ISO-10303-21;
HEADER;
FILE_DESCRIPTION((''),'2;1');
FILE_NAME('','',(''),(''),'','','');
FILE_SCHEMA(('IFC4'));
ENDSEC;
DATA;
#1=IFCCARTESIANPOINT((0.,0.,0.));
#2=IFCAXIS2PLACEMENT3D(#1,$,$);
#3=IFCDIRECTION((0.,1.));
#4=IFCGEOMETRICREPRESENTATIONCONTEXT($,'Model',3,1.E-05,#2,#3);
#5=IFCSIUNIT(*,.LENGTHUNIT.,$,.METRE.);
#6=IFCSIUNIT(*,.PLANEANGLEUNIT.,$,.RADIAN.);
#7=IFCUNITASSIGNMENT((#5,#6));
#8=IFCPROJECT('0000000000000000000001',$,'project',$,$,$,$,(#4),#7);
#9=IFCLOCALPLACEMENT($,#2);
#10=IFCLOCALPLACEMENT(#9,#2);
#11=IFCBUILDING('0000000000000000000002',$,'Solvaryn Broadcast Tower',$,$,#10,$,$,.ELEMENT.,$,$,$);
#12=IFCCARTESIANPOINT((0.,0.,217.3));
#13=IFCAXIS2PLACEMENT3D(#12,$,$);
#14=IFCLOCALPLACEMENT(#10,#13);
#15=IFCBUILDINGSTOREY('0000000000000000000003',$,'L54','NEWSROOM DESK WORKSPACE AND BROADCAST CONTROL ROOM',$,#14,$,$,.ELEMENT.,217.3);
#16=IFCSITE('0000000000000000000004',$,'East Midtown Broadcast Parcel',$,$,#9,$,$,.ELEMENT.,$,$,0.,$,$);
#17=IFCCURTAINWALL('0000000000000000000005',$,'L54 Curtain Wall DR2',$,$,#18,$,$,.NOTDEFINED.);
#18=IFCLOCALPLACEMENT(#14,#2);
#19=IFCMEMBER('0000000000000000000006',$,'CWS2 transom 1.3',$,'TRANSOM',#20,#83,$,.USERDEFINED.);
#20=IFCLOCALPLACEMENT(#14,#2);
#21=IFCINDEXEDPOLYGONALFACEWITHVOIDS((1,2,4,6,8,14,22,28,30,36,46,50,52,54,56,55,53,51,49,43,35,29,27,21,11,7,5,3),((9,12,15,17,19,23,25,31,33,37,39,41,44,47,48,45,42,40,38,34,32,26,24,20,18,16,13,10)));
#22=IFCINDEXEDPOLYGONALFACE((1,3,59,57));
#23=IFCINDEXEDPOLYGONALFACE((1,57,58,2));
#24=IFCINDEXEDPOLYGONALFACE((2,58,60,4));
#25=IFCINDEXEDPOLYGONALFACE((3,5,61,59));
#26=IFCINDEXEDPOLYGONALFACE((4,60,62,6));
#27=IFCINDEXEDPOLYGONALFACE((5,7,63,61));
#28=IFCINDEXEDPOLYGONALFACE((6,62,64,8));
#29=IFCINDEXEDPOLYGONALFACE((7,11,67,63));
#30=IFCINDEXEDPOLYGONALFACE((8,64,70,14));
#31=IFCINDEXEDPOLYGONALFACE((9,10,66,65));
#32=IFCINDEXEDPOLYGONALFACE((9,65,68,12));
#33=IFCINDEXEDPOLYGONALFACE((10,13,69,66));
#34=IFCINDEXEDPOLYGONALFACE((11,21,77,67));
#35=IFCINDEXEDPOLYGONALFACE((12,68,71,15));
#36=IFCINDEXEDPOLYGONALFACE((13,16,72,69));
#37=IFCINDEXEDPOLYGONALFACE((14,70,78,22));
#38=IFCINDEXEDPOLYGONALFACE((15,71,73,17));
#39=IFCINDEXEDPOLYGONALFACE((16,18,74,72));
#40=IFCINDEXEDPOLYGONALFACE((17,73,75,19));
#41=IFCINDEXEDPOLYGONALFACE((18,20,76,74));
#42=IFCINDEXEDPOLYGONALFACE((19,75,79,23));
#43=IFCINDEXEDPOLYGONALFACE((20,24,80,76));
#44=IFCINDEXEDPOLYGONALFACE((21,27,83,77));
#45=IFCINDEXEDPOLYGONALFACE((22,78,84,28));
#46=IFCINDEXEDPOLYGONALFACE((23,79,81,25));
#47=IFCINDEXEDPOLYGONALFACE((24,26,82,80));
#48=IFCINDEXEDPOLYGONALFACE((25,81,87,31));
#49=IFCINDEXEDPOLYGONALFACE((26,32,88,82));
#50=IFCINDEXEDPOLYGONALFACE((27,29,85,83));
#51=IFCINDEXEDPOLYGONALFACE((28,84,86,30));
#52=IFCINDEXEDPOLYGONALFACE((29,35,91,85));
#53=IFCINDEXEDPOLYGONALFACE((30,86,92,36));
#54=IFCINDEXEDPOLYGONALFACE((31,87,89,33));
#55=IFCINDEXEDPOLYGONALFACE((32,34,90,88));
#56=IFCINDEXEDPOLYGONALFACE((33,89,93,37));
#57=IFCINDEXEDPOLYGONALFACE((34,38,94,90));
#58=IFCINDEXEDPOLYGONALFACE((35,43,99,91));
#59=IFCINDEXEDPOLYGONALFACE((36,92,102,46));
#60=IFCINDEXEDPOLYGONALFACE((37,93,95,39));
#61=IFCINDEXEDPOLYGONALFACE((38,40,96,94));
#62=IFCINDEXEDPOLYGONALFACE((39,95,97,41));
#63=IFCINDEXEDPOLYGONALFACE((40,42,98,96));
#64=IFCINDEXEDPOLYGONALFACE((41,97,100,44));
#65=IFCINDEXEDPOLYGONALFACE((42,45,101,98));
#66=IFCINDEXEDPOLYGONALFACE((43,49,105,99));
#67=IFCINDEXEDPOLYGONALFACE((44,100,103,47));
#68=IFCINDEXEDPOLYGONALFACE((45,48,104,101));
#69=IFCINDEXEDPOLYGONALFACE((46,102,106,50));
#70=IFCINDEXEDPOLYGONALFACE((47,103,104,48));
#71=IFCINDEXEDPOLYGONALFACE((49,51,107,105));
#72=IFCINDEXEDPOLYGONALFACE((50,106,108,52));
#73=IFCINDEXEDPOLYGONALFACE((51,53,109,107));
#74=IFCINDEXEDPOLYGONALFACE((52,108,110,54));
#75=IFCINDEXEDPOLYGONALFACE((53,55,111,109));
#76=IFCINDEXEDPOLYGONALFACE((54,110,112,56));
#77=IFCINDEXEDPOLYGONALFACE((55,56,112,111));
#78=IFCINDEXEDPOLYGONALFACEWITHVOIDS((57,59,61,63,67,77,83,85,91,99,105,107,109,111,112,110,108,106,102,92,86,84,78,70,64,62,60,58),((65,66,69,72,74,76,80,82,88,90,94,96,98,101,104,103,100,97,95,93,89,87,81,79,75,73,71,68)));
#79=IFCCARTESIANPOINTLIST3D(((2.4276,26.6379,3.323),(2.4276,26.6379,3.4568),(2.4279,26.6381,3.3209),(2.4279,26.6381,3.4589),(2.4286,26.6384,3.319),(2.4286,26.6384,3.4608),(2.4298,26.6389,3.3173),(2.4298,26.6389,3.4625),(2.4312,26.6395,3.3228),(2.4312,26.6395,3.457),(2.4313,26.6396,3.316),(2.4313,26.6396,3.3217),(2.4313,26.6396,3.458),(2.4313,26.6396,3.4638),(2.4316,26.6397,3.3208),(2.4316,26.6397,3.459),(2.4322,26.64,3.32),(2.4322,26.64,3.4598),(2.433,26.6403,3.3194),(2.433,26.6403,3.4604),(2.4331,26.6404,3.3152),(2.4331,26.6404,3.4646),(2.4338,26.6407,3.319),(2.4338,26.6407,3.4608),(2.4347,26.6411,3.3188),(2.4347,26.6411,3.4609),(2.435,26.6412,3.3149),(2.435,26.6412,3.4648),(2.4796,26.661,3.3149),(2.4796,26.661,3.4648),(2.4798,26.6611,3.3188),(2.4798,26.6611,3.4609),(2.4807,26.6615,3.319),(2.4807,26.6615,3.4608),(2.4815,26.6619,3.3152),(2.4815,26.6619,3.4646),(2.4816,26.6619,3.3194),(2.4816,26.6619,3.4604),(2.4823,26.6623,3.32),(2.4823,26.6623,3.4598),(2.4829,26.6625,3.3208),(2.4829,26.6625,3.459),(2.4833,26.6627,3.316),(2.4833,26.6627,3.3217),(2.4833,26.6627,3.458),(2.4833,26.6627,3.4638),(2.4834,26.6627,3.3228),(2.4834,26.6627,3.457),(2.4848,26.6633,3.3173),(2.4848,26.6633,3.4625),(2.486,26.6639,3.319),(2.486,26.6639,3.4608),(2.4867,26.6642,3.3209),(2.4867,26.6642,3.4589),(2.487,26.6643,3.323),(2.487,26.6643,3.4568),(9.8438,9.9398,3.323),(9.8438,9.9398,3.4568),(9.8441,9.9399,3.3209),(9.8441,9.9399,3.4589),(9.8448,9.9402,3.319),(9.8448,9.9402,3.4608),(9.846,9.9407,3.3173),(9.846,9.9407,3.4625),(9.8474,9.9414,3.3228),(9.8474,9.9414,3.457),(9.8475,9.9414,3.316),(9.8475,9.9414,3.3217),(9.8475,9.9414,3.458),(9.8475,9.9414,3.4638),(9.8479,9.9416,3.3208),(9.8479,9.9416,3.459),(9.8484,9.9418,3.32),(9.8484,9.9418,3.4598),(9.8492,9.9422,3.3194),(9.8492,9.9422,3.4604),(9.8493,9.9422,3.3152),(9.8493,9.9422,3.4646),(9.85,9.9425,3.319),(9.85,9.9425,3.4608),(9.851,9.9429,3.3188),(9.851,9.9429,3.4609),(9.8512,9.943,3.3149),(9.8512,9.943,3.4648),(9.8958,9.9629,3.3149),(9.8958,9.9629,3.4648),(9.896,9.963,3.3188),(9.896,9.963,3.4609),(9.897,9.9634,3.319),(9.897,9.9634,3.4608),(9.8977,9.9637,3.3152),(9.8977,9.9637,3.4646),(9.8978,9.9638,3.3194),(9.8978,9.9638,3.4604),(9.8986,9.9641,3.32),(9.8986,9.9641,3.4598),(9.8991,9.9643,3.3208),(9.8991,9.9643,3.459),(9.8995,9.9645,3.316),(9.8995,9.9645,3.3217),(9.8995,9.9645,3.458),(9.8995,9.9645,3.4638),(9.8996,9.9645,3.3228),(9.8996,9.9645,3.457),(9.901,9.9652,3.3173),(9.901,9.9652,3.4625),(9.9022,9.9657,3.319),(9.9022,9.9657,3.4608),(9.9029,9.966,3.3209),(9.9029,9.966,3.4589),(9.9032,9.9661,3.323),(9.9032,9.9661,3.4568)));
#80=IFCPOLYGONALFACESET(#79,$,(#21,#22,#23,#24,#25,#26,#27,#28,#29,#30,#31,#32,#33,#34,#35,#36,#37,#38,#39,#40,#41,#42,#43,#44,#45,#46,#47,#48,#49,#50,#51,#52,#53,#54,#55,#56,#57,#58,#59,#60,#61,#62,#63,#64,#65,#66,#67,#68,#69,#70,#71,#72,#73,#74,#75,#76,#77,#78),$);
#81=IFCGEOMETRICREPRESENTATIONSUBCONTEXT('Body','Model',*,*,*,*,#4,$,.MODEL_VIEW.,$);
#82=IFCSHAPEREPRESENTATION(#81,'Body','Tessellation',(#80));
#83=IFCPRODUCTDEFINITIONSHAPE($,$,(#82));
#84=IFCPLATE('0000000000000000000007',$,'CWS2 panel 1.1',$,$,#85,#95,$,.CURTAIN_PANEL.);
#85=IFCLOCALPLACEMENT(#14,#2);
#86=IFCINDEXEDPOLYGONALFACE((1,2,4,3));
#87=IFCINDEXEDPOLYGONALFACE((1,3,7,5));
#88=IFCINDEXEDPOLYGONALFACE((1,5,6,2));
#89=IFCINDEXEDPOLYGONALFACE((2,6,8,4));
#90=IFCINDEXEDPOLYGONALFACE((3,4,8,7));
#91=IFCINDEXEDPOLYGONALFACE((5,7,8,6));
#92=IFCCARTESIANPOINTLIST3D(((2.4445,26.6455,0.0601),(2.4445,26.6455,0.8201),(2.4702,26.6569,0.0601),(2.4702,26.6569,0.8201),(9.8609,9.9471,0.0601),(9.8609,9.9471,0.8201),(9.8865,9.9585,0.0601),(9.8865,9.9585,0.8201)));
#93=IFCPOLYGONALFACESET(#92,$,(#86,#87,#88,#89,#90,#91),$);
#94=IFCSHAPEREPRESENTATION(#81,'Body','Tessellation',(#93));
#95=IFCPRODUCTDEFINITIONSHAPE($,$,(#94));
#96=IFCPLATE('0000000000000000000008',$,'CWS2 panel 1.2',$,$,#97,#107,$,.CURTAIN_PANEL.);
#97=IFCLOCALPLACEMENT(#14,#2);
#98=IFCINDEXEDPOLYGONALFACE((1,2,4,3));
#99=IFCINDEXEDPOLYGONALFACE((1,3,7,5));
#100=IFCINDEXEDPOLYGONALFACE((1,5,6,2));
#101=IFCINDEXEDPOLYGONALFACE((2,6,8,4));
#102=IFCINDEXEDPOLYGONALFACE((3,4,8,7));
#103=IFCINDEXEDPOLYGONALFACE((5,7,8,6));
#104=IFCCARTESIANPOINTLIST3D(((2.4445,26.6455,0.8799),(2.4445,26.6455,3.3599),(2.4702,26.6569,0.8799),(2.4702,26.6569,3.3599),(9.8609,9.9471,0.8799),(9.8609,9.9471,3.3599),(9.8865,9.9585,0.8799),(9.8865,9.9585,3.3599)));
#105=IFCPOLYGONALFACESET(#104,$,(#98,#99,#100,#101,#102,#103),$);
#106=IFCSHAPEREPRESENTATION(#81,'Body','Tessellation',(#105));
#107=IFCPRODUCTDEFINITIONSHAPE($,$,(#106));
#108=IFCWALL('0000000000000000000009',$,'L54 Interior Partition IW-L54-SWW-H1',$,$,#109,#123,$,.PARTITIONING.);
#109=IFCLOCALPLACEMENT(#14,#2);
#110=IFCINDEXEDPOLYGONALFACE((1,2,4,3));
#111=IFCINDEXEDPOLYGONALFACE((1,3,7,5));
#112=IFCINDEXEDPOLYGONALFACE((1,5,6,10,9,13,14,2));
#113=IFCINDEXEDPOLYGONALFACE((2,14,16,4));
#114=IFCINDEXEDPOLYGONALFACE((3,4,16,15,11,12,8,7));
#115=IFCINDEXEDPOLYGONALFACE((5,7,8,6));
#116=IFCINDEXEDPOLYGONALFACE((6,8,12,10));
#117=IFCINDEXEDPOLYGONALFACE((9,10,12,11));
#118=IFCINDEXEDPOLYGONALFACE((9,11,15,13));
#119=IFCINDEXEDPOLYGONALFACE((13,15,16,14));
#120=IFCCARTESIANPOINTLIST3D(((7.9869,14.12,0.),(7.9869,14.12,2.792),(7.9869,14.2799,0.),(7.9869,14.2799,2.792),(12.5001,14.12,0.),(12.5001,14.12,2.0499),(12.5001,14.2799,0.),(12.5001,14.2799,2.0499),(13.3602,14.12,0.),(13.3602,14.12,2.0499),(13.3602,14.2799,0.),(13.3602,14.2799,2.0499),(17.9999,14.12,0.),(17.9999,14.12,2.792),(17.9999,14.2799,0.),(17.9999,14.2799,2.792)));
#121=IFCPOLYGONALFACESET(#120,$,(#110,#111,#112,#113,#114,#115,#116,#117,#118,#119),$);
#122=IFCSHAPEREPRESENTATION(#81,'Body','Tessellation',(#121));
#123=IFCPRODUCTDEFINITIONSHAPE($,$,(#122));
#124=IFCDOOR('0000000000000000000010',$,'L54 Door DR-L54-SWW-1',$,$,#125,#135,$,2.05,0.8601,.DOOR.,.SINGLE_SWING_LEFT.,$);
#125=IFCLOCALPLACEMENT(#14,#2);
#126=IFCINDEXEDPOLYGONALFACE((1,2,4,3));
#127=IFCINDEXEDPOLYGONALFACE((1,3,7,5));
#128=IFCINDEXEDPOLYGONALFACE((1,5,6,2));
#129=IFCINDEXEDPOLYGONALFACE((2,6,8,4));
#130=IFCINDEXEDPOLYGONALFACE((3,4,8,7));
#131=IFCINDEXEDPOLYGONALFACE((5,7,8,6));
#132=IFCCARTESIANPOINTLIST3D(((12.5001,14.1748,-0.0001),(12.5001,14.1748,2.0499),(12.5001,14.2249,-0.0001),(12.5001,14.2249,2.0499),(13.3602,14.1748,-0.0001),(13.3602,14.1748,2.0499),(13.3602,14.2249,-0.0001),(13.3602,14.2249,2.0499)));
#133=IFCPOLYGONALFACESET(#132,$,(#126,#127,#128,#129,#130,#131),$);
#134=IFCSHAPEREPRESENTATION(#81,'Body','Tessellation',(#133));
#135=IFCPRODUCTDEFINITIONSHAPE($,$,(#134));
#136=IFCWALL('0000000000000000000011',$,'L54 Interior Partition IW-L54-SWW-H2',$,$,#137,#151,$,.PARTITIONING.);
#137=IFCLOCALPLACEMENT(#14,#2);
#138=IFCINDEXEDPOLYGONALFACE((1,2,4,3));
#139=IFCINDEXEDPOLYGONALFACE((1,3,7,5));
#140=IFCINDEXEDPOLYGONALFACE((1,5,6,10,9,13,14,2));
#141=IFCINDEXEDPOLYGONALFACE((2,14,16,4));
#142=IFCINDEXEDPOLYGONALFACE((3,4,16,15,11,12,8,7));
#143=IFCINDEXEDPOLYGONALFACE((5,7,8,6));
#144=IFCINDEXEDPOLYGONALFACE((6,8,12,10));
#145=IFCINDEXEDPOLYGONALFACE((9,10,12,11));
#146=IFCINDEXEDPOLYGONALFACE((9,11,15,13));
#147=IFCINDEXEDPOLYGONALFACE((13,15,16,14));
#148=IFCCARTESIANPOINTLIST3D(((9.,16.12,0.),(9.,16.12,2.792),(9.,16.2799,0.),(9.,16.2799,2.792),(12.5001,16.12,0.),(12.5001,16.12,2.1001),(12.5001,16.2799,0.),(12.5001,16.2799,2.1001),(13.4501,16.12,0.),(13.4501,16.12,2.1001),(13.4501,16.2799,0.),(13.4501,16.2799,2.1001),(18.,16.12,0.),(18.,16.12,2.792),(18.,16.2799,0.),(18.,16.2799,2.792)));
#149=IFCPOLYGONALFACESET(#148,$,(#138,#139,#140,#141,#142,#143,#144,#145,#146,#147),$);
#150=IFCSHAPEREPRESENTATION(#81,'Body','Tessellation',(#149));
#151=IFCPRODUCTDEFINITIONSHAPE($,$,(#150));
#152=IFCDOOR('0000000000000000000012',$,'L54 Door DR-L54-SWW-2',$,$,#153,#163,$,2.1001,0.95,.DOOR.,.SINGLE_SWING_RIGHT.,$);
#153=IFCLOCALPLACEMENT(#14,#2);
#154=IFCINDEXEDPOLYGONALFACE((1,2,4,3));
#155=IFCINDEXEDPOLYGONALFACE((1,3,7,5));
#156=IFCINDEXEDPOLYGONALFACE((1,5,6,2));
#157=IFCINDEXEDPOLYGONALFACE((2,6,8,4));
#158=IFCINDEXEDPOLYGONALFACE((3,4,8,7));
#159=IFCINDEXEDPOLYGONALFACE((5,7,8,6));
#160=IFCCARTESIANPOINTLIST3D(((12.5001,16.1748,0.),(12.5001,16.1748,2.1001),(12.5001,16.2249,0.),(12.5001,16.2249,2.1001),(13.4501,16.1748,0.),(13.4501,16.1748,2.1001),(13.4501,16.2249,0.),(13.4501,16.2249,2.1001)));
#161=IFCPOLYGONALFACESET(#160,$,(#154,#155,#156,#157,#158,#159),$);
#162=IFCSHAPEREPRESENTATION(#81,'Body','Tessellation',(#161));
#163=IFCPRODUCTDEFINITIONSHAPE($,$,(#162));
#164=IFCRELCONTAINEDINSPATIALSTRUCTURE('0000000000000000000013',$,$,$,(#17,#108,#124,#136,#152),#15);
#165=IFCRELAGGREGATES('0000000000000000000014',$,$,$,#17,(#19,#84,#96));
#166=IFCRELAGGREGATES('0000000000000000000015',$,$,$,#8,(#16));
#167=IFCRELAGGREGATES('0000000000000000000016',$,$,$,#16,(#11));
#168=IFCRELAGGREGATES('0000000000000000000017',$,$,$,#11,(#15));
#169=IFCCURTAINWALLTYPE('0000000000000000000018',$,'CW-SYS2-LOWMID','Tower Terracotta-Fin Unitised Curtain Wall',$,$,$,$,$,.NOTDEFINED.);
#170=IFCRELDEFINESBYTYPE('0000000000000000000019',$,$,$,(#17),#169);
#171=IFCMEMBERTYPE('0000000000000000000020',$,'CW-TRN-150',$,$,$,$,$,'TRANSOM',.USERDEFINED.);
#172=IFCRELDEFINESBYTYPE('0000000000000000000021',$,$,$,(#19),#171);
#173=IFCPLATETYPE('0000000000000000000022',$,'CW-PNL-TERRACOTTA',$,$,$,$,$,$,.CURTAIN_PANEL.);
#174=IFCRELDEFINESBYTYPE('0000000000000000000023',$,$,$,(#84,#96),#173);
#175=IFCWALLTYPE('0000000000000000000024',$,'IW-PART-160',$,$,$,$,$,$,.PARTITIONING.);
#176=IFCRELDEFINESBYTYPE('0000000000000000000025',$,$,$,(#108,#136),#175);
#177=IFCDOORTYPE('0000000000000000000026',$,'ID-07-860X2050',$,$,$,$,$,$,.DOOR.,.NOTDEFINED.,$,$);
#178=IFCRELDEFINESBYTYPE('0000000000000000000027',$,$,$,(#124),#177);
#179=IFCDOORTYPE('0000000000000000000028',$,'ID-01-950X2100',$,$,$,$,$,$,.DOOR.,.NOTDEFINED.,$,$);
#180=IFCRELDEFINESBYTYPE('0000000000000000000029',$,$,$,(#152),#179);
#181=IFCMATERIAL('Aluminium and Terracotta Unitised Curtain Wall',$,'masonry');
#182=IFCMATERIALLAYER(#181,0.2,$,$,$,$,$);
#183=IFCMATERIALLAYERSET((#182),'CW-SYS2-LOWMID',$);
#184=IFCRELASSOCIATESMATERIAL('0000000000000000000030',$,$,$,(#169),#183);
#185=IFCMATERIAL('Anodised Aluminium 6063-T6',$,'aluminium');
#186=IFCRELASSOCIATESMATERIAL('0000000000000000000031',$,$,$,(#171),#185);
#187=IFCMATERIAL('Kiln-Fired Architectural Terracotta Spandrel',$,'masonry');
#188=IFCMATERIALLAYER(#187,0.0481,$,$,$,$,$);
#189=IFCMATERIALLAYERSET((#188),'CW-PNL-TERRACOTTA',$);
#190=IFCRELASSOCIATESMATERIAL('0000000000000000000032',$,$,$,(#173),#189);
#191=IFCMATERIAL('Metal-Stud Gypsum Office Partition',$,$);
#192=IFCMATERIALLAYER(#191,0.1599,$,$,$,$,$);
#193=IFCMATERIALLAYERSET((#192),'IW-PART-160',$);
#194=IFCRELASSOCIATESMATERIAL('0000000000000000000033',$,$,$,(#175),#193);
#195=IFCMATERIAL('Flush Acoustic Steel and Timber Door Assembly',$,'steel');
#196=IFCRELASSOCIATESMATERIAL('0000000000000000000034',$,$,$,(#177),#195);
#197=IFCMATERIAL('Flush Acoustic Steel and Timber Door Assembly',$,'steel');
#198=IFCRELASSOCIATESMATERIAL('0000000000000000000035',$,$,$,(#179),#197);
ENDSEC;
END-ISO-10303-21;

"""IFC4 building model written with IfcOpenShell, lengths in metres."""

from ifc_helpers import new_model, si_unit, direction, frame, frame_2d, origin, origin_2d, place, context, subcontext, project, spatial, rectangle, hollow_rectangle, extrude, material, layer, layer_set, material_profile, profile_set, type_object, element, fill, aggregate, save


model = new_model("IFC4")

# Units and contexts
model_context = context("Model", 3, precision=1e-05, world=origin(), true_north=direction((0.0, 1.0)))
body_context = subcontext(model_context, "Body", "Model", "MODEL_VIEW")
ifc_project = project(units=[si_unit("LENGTHUNIT", "METRE"), si_unit("PLANEANGLEUNIT", "RADIAN")], contexts=[model_context])

# Site, building, storey
site_placement = place(None, origin())
site = spatial("IfcSite", under=ifc_project, at=site_placement, Name="East Midtown Broadcast Parcel", CompositionType="ELEMENT", RefElevation=0.0)
building_placement = place(site_placement, origin())
building = spatial("IfcBuilding", under=site, at=building_placement, Name="Solvaryn Broadcast Tower", CompositionType="ELEMENT")
storey_placement = place(building_placement, frame((0.0, 0.0, 217.3)))
storey = spatial("IfcBuildingStorey", under=building, at=storey_placement, Name="L54", Description="NEWSROOM DESK WORKSPACE AND BROADCAST CONTROL ROOM", CompositionType="ELEMENT", Elevation=217.3)

# Shared definitions
ifc_material_1 = material(Name="Aluminium and Terracotta Unitised Curtain Wall", Category="masonry")
ifc_layer_1 = layer(ifc_material_1, 0.2)
ifc_layer_set_1 = layer_set([ifc_layer_1], Name="CW-SYS2-LOWMID")
curtain_wall_type = type_object("IfcCurtainWallType", Name="CW-SYS2-LOWMID", Description="Tower Terracotta-Fin Unitised Curtain Wall", PredefinedType="NOTDEFINED", material=ifc_layer_set_1)

# Curtain wall, member, plates
curtain_wall_1_placement = place(storey_placement, origin())
curtain_wall_1 = element("IfcCurtainWall", 1, at=curtain_wall_1_placement, inside=storey, type_object=curtain_wall_type, Name="L54 Curtain Wall DR2", PredefinedType="NOTDEFINED")
ifc_material_2 = material(Name="Anodised Aluminium 6063-T6", Category="aluminium")
ifc_material_profile_1 = material_profile(ifc_material_2, hollow_rectangle(XDim=0.0649, YDim=0.1499, WallThickness=0.0039, InnerFilletRadius=0.0039, OuterFilletRadius=0.0081, at=origin_2d()))
ifc_profile_set_1 = profile_set([ifc_material_profile_1], Name="Anodised Aluminium 6063-T6")
member_type_1 = type_object("IfcMemberType", Name="CW-TRN-150", ElementType="TRANSOM", PredefinedType="USERDEFINED", material=ifc_profile_set_1)
member_1_placement = place(storey_placement, frame((2.4573, 26.6511, 3.3899), z_axis=(0.405902, -0.913917, 0.0), x_axis=(0.913917, 0.405902, 0.0)))
member_1 = element("IfcMember", 2, at=member_1_placement, type_object=member_type_1, Name="CWS2 transom 1.3", ObjectType="TRANSOM", PredefinedType="USERDEFINED", context=body_context, shape_type="SweptSolid", body=[
    extrude(hollow_rectangle(XDim=0.0649, YDim=0.1499, WallThickness=0.0039, InnerFilletRadius=0.0039, OuterFilletRadius=0.0081, at=origin_2d()), origin(), (0.0, 0.0, 1.0), 18.271),
])
ifc_material_3 = material(Name="Kiln-Fired Architectural Terracotta Spandrel", Category="masonry")
ifc_layer_2 = layer(ifc_material_3, 0.0481)
ifc_layer_set_2 = layer_set([ifc_layer_2], Name="CW-PNL-TERRACOTTA")
plate_type = type_object("IfcPlateType", Name="CW-PNL-TERRACOTTA", PredefinedType="CURTAIN_PANEL", material=ifc_layer_set_2)
plate_1_placement = place(storey_placement, frame((6.1655, 18.302, 0.0601), z_axis=(0.0, 0.0, 1.0), x_axis=(0.405901, -0.913917, 0.0)))
plate_1 = element("IfcPlate", 3, at=plate_1_placement, type_object=plate_type, Name="CWS2 panel 1.1", PredefinedType="CURTAIN_PANEL", context=body_context, shape_type="SweptSolid", body=[
    extrude(rectangle(XDim=18.2712, YDim=0.0281, at=origin_2d()), origin(), (0.0, 0.0, 1.0), 0.76),
])
plate_2_placement = place(storey_placement, frame((6.1655, 18.302, 0.8799), z_axis=(0.0, 0.0, 1.0), x_axis=(0.405901, -0.913917, 0.0)))
plate_2 = element("IfcPlate", 4, at=plate_2_placement, type_object=plate_type, Name="CWS2 panel 1.2", PredefinedType="CURTAIN_PANEL", context=body_context, shape_type="SweptSolid", body=[
    extrude(rectangle(XDim=18.2712, YDim=0.0281, at=origin_2d()), origin(), (0.0, 0.0, 1.0), 2.48),
])
aggregate(curtain_wall_1, [member_1, plate_1, plate_2])

# Walls, openings, doors
ifc_material_4 = material(Name="Metal-Stud Gypsum Office Partition")
ifc_layer_3 = layer(ifc_material_4, 0.1599)
ifc_layer_set_3 = layer_set([ifc_layer_3], Name="IW-PART-160")
wall_type = type_object("IfcWallType", Name="IW-PART-160", PredefinedType="PARTITIONING", material=ifc_layer_set_3)
wall_1_placement = place(storey_placement, frame((7.9871, 14.2, 0.0), z_axis=(0.0, 0.0, 1.0), x_axis=(1.0, 0.0, 0.0)))
wall_1 = element("IfcWall", 5, at=wall_1_placement, inside=storey, type_object=wall_type, Name="L54 Interior Partition IW-L54-SWW-H1", PredefinedType="PARTITIONING", context=body_context, shape_type="SweptSolid", body=[
    extrude(rectangle(XDim=10.0129, YDim=0.1599, at=frame_2d((5.0063, 0.0))), origin(), (0.0, 0.0, 1.0), 2.792),
])
opening_1_placement = place(wall_1_placement, frame((4.5129, 0.0, 0.0)))
opening_1 = element("IfcOpeningElement", 6, at=opening_1_placement, cuts=wall_1, PredefinedType="OPENING", context=body_context, shape_type="SweptSolid", body=[
    extrude(rectangle(XDim=0.8601, YDim=2.05, at=frame_2d((0.4302, 1.0249))), frame((0.0, 0.0901, 0.0), z_axis=(0.0, -1.0, 0.0), x_axis=(1.0, 0.0, 0.0)), (0.0, 0.0, 1.0), 0.1799),
])
ifc_material_5 = material(Name="Flush Acoustic Steel and Timber Door Assembly", Category="steel")
door_type_1 = type_object("IfcDoorType", Name="ID-07-860X2050", OperationType="NOTDEFINED", PredefinedType="DOOR", material=ifc_material_5)
door_1_placement = place(opening_1_placement, origin())
door_1 = element("IfcDoor", 7, at=door_1_placement, inside=storey, type_object=door_type_1, Name="L54 Door DR-L54-SWW-1", OperationType="SINGLE_SWING_LEFT", OverallHeight=2.05, OverallWidth=0.8601, PredefinedType="DOOR", context=body_context, shape_type="SweptSolid", body=[
    extrude(rectangle(XDim=0.8601, YDim=2.05, at=frame_2d((0.4302, 1.0249))), frame((0.0, 0.0249, 0.0), z_axis=(0.0, -1.0, 0.0), x_axis=(1.0, 0.0, 0.0)), (0.0, 0.0, 1.0), 0.05),
])
fill(opening_1, door_1)
wall_2_placement = place(storey_placement, frame((9.0, 16.2, 0.0), z_axis=(0.0, 0.0, 1.0), x_axis=(1.0, 0.0, 0.0)))
wall_2 = element("IfcWall", 8, at=wall_2_placement, inside=storey, type_object=wall_type, Name="L54 Interior Partition IW-L54-SWW-H2", PredefinedType="PARTITIONING", context=body_context, shape_type="SweptSolid", body=[
    extrude(rectangle(XDim=9.0, YDim=0.1599, at=frame_2d((4.5, 0.0))), origin(), (0.0, 0.0, 1.0), 2.792),
])
opening_2_placement = place(wall_2_placement, frame((3.5, 0.0, 0.0)))
opening_2 = element("IfcOpeningElement", 9, at=opening_2_placement, cuts=wall_2, PredefinedType="OPENING", context=body_context, shape_type="SweptSolid", body=[
    extrude(rectangle(XDim=0.95, YDim=2.1001, at=frame_2d((0.4751, 1.05))), frame((0.0, 0.0901, 0.0), z_axis=(0.0, -1.0, 0.0), x_axis=(1.0, 0.0, 0.0)), (0.0, 0.0, 1.0), 0.1799),
])
ifc_material_6 = material(Name="Flush Acoustic Steel and Timber Door Assembly", Category="steel")
door_type_2 = type_object("IfcDoorType", Name="ID-01-950X2100", OperationType="NOTDEFINED", PredefinedType="DOOR", material=ifc_material_6)
door_2_placement = place(opening_2_placement, origin())
door_2 = element("IfcDoor", 10, at=door_2_placement, inside=storey, type_object=door_type_2, Name="L54 Door DR-L54-SWW-2", OperationType="SINGLE_SWING_RIGHT", OverallHeight=2.1001, OverallWidth=0.95, PredefinedType="DOOR", context=body_context, shape_type="SweptSolid", body=[
    extrude(rectangle(XDim=0.95, YDim=2.1001, at=frame_2d((0.4751, 1.05))), frame((0.0, 0.0249, 0.0), z_axis=(0.0, -1.0, 0.0), x_axis=(1.0, 0.0, 0.0)), (0.0, 0.0, 1.0), 0.05),
])
fill(opening_2, door_2)

save(model, "model.ifc")
